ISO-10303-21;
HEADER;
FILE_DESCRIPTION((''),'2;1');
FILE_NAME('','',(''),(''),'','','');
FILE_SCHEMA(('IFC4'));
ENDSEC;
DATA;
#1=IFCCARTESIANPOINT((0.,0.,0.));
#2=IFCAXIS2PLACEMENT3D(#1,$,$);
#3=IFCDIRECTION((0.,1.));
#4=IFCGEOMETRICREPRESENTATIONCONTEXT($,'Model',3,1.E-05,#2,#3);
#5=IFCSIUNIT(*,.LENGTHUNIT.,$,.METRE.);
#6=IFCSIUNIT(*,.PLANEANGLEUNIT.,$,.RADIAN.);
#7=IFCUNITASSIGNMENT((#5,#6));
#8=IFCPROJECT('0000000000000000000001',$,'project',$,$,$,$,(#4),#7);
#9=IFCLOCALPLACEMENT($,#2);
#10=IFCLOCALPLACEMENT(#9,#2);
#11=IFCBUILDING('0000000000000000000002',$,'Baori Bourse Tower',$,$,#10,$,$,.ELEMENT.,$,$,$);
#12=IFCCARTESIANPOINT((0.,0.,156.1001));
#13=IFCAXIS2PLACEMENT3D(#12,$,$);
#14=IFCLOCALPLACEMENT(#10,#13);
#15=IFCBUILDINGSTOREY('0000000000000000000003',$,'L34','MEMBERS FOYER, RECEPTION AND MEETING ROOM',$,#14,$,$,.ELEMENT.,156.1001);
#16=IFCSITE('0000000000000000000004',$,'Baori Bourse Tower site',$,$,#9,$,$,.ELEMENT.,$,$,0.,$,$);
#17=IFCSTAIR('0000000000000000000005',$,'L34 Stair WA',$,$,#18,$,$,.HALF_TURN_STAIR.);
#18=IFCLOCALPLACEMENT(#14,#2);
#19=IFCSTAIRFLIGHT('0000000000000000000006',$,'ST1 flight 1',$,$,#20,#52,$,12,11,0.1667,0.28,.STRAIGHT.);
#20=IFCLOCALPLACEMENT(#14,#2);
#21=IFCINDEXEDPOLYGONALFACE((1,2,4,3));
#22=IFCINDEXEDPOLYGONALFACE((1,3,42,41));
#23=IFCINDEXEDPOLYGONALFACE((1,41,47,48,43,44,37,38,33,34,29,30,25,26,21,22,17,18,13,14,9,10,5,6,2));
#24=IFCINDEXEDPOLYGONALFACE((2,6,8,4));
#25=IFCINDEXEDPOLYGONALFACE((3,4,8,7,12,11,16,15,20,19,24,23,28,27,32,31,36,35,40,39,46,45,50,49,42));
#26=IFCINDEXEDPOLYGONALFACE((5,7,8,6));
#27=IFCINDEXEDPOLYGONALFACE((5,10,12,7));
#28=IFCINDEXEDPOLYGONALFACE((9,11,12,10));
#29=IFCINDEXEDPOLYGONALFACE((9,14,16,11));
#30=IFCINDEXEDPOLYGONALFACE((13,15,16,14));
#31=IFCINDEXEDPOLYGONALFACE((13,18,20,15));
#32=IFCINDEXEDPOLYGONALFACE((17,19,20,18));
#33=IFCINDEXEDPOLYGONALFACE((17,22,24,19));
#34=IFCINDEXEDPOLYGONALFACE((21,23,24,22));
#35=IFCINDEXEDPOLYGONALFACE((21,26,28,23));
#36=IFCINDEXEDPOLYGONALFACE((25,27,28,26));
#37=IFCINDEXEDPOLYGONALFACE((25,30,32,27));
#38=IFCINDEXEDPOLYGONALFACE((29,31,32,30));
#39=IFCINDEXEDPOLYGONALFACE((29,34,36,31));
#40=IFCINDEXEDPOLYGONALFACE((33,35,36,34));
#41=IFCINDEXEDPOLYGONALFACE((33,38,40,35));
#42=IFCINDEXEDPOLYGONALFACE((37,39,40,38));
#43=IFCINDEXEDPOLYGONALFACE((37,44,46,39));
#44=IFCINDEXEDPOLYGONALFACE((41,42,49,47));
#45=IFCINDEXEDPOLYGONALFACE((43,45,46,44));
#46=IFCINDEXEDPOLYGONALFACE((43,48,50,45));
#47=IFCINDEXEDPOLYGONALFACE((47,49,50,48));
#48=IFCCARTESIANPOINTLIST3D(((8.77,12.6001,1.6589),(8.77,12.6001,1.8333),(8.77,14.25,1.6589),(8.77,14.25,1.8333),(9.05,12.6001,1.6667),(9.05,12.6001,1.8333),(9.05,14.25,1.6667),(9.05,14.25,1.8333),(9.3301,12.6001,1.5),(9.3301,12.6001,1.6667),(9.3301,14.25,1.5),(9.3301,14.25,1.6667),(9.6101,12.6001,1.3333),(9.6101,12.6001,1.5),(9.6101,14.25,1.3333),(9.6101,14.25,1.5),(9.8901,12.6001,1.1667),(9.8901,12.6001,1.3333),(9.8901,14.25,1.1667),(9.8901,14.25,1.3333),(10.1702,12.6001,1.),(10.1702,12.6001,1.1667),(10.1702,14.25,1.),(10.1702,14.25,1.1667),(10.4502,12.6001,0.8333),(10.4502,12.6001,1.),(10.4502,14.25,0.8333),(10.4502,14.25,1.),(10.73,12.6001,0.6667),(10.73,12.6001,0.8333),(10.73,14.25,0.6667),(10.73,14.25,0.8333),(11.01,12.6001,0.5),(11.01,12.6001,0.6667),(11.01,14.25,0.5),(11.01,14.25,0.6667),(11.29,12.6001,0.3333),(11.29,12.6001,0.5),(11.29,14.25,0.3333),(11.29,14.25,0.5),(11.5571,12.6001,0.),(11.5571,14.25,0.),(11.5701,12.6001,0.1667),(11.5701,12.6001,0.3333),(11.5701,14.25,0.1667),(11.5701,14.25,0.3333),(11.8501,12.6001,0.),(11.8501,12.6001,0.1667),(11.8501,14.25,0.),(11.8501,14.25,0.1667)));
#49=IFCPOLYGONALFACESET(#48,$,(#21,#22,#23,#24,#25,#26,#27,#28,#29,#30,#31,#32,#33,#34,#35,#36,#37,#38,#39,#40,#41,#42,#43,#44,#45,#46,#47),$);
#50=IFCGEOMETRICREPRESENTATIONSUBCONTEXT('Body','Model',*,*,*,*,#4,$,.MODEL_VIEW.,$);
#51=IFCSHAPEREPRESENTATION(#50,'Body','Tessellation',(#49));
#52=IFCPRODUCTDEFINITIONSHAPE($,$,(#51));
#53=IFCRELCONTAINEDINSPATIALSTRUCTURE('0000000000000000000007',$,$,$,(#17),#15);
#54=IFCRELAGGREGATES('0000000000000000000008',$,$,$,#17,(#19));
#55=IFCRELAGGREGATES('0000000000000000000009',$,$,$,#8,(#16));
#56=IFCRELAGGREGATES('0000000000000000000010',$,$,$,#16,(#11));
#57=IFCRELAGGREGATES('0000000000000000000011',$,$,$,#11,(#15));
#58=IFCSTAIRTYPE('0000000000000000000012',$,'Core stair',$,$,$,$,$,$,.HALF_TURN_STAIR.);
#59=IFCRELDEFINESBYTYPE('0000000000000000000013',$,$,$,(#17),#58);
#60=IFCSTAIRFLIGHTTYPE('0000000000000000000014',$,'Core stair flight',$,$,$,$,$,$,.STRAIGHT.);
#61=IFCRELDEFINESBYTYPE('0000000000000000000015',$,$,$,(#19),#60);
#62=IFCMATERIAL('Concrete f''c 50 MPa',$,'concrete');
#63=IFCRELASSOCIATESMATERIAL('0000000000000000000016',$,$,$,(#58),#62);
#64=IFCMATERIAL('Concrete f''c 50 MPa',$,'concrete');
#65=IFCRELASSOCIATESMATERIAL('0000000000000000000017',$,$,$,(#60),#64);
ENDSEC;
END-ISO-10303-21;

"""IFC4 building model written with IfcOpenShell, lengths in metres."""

from ifc_helpers import new_model, si_unit, direction, frame, origin, place, context, subcontext, project, spatial, polyline, outline, extrude, material, type_object, element, aggregate, save


model = new_model("IFC4")

# Units and contexts
model_context = context("Model", 3, precision=1e-05, world=origin(), true_north=direction((0.0, 1.0)))
body_context = subcontext(model_context, "Body", "Model", "MODEL_VIEW")
ifc_project = project(units=[si_unit("LENGTHUNIT", "METRE"), si_unit("PLANEANGLEUNIT", "RADIAN")], contexts=[model_context])

# Site, building, storey
site_placement = place(None, origin())
site = spatial("IfcSite", under=ifc_project, at=site_placement, Name="Baori Bourse Tower site", CompositionType="ELEMENT", RefElevation=0.0)
building_placement = place(site_placement, origin())
building = spatial("IfcBuilding", under=site, at=building_placement, Name="Baori Bourse Tower", CompositionType="ELEMENT")
storey_placement = place(building_placement, frame((0.0, 0.0, 156.1001)))
storey = spatial("IfcBuildingStorey", under=building, at=storey_placement, Name="L34", Description="MEMBERS FOYER, RECEPTION AND MEETING ROOM", CompositionType="ELEMENT", Elevation=156.1001)

# Stair, stair flight
ifc_material_1 = material(Name="Concrete f'c 50 MPa", Category="concrete")
stair_type = type_object("IfcStairType", Name="Core stair", PredefinedType="HALF_TURN_STAIR", material=ifc_material_1)
stair_placement = place(storey_placement, origin())
stair = element("IfcStair", 1, at=stair_placement, inside=storey, type_object=stair_type, Name="L34 Stair WA", PredefinedType="HALF_TURN_STAIR")
ifc_material_2 = material(Name="Concrete f'c 50 MPa", Category="concrete")
stair_flight_type = type_object("IfcStairFlightType", Name="Core stair flight", PredefinedType="STRAIGHT", material=ifc_material_2)
stair_flight_placement = place(storey_placement, frame((11.8501, 13.425, 0.0), z_axis=(0.0, 0.0, 1.0), x_axis=(-1.0, 0.0, 0.0)))
stair_flight = element("IfcStairFlight", 2, at=stair_flight_placement, type_object=stair_flight_type, Name="ST1 flight 1", NumberOfRisers=12, NumberOfTreads=11, PredefinedType="STRAIGHT", RiserHeight=0.1667, TreadLength=0.28, context=body_context, shape_type="SweptSolid", body=[
    extrude(outline(polyline([(0.0, 0.0), (0.0, 0.1667), (0.28, 0.1667), (0.28, 0.3333), (0.5601, 0.3333), (0.5601, 0.5), (0.8401, 0.5), (0.8401, 0.6667), (1.1201, 0.6667), (1.1201, 0.8333), (1.3999, 0.8333), (1.3999, 1.0), (1.6799, 1.0), (1.6799, 1.1667), (1.96, 1.1667), (1.96, 1.3333), (2.24, 1.3333), (2.24, 1.5), (2.52, 1.5), (2.52, 1.6667), (2.8, 1.6667), (2.8, 1.8333), (3.0801, 1.8333), (3.0801, 2.0), (3.0801, 1.6589), (0.293, 0.0), (0.0, 0.0)])), frame((0.0, 0.825, 0.0), z_axis=(0.0, -1.0, 0.0), x_axis=(1.0, 0.0, 0.0)), (0.0, 0.0, 1.0), 1.6499),
])
aggregate(stair, [stair_flight])

save(model, "model.ifc")
